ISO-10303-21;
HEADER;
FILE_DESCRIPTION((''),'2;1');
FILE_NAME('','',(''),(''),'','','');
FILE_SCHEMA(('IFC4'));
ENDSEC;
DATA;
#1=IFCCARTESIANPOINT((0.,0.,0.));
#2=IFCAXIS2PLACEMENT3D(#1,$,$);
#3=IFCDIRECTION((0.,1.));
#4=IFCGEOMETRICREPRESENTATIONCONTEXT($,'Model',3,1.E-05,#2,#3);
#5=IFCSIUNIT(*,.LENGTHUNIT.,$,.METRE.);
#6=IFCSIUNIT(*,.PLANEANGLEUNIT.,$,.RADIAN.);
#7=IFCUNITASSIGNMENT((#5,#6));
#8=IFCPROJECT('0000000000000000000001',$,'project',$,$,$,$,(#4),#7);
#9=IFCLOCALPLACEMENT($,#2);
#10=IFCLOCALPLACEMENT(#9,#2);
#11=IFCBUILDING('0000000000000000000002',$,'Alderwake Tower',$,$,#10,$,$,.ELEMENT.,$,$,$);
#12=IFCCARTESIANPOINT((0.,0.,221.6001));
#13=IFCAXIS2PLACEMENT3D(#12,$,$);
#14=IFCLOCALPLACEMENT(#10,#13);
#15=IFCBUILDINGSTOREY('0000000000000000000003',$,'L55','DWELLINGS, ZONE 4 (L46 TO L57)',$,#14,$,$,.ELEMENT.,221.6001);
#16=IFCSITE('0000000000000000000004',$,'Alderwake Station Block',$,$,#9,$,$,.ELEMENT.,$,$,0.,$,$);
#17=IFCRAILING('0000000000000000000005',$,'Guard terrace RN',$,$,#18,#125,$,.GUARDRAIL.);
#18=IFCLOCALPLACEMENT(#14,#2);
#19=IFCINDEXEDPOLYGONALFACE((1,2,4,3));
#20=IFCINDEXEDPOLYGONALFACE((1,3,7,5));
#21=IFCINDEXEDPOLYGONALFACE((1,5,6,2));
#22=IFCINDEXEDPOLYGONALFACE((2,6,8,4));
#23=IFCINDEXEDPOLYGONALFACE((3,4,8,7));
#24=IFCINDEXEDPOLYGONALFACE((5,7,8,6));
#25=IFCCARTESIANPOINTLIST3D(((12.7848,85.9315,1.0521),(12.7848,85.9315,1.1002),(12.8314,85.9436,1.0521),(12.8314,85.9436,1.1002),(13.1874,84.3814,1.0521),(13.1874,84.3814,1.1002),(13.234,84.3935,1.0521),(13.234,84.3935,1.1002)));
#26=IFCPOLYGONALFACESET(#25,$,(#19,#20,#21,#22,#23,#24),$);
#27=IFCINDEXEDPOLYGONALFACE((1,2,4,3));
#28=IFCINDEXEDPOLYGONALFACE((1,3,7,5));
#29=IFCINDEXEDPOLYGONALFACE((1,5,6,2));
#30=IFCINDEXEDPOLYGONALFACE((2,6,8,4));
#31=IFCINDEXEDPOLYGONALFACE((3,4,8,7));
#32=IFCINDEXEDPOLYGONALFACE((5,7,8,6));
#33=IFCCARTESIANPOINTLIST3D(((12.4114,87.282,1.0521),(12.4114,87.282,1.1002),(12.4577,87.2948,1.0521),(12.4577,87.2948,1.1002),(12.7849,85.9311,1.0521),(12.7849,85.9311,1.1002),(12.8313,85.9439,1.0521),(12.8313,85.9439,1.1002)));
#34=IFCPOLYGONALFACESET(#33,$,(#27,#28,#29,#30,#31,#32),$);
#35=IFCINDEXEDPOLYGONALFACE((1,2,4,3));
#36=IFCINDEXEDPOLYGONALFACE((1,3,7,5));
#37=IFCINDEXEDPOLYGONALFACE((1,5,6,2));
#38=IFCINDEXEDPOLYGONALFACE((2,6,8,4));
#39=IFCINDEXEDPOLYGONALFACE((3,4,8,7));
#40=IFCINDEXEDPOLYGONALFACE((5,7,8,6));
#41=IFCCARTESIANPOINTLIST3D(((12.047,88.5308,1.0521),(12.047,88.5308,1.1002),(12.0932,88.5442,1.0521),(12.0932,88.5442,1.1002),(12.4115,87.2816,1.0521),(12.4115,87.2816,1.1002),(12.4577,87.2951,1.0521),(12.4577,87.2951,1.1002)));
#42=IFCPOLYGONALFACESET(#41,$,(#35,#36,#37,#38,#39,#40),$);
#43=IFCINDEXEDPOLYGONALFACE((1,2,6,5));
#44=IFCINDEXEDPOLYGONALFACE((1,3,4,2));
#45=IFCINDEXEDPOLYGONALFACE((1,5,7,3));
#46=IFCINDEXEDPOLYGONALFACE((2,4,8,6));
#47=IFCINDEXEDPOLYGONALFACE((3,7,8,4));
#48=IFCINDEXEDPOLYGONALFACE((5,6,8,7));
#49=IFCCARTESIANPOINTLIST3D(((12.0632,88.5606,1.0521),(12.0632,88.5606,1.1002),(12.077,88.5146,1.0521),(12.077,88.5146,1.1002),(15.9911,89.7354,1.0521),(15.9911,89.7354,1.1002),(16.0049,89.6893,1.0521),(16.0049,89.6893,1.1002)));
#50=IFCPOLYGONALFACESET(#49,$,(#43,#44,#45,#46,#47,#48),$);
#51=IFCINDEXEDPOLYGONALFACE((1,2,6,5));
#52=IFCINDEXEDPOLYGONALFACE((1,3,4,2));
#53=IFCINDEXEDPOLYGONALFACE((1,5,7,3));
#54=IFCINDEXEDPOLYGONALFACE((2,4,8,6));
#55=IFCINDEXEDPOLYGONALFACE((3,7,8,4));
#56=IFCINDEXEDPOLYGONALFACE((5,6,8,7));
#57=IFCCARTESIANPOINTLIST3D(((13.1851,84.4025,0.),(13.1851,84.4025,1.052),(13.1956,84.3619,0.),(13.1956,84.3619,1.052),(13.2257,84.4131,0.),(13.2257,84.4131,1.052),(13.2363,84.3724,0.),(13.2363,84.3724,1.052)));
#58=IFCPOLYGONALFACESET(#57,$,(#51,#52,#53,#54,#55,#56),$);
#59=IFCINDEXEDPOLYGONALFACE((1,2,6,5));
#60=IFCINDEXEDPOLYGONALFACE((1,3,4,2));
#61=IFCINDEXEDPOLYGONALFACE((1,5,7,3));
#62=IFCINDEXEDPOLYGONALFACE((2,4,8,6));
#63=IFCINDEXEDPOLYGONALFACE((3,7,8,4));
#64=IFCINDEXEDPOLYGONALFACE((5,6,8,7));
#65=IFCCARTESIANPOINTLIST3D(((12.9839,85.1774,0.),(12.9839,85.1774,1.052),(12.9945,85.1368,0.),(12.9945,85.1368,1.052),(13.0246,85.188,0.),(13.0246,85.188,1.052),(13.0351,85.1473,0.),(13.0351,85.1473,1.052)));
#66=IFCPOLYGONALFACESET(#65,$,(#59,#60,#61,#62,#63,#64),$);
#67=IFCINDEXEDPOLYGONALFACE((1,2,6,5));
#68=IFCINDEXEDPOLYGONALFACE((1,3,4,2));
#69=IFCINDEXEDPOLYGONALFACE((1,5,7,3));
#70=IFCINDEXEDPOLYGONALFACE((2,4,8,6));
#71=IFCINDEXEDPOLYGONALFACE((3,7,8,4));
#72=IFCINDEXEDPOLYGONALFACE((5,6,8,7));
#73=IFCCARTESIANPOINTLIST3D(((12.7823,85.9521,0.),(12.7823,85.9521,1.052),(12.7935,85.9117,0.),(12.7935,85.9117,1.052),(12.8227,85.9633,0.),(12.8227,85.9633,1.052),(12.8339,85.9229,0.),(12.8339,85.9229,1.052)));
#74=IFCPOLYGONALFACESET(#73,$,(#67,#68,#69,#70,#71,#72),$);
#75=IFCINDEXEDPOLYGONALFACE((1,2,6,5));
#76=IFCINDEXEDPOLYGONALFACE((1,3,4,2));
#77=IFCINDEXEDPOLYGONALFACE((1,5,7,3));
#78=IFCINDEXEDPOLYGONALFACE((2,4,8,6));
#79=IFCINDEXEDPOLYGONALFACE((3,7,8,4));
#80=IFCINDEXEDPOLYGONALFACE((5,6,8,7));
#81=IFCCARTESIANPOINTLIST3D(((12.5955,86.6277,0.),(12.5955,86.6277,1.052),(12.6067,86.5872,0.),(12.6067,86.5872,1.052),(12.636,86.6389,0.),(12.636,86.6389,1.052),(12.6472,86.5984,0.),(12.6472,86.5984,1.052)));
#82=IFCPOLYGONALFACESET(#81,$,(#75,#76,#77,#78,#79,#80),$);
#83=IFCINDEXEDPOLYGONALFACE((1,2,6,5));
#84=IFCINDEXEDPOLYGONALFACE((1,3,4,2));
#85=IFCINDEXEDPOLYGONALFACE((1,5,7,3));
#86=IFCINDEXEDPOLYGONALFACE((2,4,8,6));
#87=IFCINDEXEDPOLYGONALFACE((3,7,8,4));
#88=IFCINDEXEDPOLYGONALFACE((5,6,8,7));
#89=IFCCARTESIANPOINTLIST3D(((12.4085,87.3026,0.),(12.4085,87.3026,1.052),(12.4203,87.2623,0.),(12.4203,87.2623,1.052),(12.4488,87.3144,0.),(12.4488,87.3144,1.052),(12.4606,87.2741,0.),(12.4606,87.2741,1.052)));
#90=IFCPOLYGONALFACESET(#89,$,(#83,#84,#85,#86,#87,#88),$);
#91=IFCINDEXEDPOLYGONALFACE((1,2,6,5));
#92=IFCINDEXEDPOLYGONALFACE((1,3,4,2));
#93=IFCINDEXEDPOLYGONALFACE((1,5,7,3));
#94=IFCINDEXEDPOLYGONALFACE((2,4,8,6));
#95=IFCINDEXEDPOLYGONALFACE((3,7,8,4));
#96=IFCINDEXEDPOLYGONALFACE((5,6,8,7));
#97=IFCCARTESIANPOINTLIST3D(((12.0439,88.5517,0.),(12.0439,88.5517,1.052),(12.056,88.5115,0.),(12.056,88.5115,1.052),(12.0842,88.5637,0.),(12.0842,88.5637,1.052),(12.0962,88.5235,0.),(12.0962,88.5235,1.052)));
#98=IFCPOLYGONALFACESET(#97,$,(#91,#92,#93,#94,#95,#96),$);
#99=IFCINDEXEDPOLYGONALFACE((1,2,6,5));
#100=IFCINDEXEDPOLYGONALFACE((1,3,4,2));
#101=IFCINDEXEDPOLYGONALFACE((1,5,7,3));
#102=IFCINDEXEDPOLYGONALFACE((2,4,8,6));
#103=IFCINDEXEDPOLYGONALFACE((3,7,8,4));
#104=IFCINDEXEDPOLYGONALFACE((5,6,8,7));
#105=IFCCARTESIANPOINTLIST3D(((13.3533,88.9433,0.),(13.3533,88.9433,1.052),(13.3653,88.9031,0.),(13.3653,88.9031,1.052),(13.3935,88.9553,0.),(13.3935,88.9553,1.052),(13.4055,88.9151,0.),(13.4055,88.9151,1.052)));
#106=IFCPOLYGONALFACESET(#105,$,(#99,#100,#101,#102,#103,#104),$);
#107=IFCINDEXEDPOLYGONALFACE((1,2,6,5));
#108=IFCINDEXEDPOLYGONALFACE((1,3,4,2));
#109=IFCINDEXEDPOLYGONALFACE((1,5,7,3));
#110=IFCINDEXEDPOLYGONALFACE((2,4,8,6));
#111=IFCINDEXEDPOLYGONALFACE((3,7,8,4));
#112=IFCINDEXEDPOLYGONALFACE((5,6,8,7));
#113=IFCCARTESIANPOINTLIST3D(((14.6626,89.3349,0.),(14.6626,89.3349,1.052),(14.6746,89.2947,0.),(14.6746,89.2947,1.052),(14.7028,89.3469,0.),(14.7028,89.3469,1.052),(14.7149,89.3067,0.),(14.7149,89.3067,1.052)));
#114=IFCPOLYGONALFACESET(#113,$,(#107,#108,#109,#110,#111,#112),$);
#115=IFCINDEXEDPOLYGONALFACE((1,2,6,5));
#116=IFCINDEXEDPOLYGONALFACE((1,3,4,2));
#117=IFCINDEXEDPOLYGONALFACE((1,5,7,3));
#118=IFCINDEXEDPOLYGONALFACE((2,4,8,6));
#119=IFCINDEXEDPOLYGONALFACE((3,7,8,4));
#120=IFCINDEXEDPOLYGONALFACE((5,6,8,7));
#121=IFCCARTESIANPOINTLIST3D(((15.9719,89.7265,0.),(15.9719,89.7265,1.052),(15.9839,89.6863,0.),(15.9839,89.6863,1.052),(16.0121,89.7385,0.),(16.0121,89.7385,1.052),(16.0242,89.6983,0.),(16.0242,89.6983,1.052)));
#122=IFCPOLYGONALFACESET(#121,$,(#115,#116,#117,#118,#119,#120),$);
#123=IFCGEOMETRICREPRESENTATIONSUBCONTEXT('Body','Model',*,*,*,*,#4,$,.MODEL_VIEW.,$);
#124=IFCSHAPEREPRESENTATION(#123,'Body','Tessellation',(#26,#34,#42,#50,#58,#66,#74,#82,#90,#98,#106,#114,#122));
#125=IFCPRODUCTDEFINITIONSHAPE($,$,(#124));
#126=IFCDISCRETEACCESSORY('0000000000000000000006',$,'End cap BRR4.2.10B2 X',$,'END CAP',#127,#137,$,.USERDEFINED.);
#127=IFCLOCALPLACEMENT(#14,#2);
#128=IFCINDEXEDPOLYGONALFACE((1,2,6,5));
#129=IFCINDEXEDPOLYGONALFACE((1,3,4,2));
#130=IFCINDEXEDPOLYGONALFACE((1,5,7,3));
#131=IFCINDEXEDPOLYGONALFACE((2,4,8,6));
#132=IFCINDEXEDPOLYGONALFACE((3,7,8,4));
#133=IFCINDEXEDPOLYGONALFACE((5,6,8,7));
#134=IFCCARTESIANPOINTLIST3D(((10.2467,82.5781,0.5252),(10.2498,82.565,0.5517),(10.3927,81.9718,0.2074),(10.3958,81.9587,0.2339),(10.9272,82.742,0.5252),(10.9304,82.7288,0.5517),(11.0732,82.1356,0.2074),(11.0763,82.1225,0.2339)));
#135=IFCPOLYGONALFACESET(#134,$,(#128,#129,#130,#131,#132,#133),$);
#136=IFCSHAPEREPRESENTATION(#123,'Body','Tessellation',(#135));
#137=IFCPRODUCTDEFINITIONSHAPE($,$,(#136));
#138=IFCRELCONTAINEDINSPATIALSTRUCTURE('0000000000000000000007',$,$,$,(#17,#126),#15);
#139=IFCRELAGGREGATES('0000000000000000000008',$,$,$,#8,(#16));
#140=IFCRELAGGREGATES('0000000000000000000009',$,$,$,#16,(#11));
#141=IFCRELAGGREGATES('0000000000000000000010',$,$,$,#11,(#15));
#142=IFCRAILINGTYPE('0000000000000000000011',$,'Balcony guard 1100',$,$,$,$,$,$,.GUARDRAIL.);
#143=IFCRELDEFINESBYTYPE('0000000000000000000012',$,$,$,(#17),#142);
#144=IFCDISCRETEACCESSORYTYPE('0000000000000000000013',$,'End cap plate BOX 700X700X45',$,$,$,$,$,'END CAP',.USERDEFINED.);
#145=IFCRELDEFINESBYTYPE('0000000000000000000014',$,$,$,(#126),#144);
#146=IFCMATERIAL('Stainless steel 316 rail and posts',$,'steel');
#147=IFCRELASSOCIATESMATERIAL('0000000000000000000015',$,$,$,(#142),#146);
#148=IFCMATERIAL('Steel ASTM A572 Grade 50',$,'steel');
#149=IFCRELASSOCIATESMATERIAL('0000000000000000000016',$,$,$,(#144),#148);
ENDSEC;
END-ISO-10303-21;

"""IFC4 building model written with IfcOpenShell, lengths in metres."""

from ifc_helpers import new_model, si_unit, direction, frame, origin, origin_2d, place, context, subcontext, project, spatial, rectangle, extrude, material, material_profile, profile_set, type_object, element, save


model = new_model("IFC4")

# Units and contexts
model_context = context("Model", 3, precision=1e-05, world=origin(), true_north=direction((0.0, 1.0)))
body_context = subcontext(model_context, "Body", "Model", "MODEL_VIEW")
ifc_project = project(units=[si_unit("LENGTHUNIT", "METRE"), si_unit("PLANEANGLEUNIT", "RADIAN")], contexts=[model_context])

# Site, building, storey
site_placement = place(None, origin())
site = spatial("IfcSite", under=ifc_project, at=site_placement, Name="Alderwake Station Block", CompositionType="ELEMENT", RefElevation=0.0)
building_placement = place(site_placement, origin())
building = spatial("IfcBuilding", under=site, at=building_placement, Name="Alderwake Tower", CompositionType="ELEMENT")
storey_placement = place(building_placement, frame((0.0, 0.0, 221.6001)))
storey = spatial("IfcBuildingStorey", under=building, at=storey_placement, Name="L55", Description="DWELLINGS, ZONE 4 (L46 TO L57)", CompositionType="ELEMENT", Elevation=221.6001)

# Railing
ifc_material_1 = material(Name="Stainless steel 316 rail and posts", Category="steel")
railing_type = type_object("IfcRailingType", Name="Balcony guard 1100", PredefinedType="GUARDRAIL", material=ifc_material_1)
railing_placement = place(storey_placement, frame((13.2107, 84.3875, 0.0)))
element("IfcRailing", 1, at=railing_placement, inside=storey, type_object=railing_type, Name="Guard terrace RN", PredefinedType="GUARDRAIL", context=body_context, shape_type="SweptSolid", body=[
    extrude(rectangle(XDim=0.0481, YDim=0.0481, at=origin_2d()), frame((0.0, 0.0, 1.0762), z_axis=(-0.251385, 0.967887, 0.0), x_axis=(-0.967887, -0.251385, 0.0)), (0.0, 0.0, 1.0), 1.6016),
    extrude(rectangle(XDim=0.0481, YDim=0.0481, at=origin_2d()), frame((-0.4026, 1.55, 1.0762), z_axis=(-0.266521, 0.963829, 0.0), x_axis=(-0.963829, -0.266521, 0.0)), (0.0, 0.0, 1.0), 1.4016),
    extrude(rectangle(XDim=0.0481, YDim=0.0481, at=origin_2d()), frame((-0.7761, 2.9009, 1.0762), z_axis=(-0.280094, 0.959973, 0.0), x_axis=(-0.959973, -0.280094, 0.0)), (0.0, 0.0, 1.0), 1.3013),
    extrude(rectangle(XDim=0.0481, YDim=0.0481, at=origin_2d()), frame((-1.1406, 4.1501, 1.0762), z_axis=(0.958067, 0.286545, 0.0), x_axis=(-0.286545, 0.958067, 0.0)), (0.0, 0.0, 1.0), 4.0999),
    extrude(rectangle(XDim=0.042, YDim=0.042, at=origin_2d()), frame((0.0, 0.0, 0.0), z_axis=(0.0, 0.0, 1.0), x_axis=(-0.251385, 0.967887, 0.0)), (0.0, 0.0, 1.0), 1.052),
    extrude(rectangle(XDim=0.042, YDim=0.042, at=origin_2d()), frame((-0.2012, 0.7749, 0.0), z_axis=(0.0, 0.0, 1.0), x_axis=(-0.251385, 0.967887, 0.0)), (0.0, 0.0, 1.0), 1.052),
    extrude(rectangle(XDim=0.042, YDim=0.042, at=origin_2d()), frame((-0.4026, 1.55, 0.0), z_axis=(0.0, 0.0, 1.0), x_axis=(-0.266521, 0.963829, 0.0)), (0.0, 0.0, 1.0), 1.052),
    extrude(rectangle(XDim=0.042, YDim=0.042, at=origin_2d()), frame((-0.5894, 2.2256, 0.0), z_axis=(0.0, 0.0, 1.0), x_axis=(-0.266521, 0.963829, 0.0)), (0.0, 0.0, 1.0), 1.052),
    extrude(rectangle(XDim=0.042, YDim=0.042, at=origin_2d()), frame((-0.7761, 2.9009, 0.0), z_axis=(0.0, 0.0, 1.0), x_axis=(-0.280094, 0.959973, 0.0)), (0.0, 0.0, 1.0), 1.052),
    extrude(rectangle(XDim=0.042, YDim=0.042, at=origin_2d()), frame((-1.1406, 4.1501, 0.0), z_axis=(0.0, 0.0, 1.0), x_axis=(0.958067, 0.286545, 0.0)), (0.0, 0.0, 1.0), 1.052),
    extrude(rectangle(XDim=0.042, YDim=0.042, at=origin_2d()), frame((0.1687, 4.5417, 0.0), z_axis=(0.0, 0.0, 1.0), x_axis=(0.958067, 0.286545, 0.0)), (0.0, 0.0, 1.0), 1.052),
    extrude(rectangle(XDim=0.042, YDim=0.042, at=origin_2d()), frame((1.478, 4.9333, 0.0), z_axis=(0.0, 0.0, 1.0), x_axis=(0.958067, 0.286545, 0.0)), (0.0, 0.0, 1.0), 1.052),
    extrude(rectangle(XDim=0.042, YDim=0.042, at=origin_2d()), frame((2.7874, 5.325, 0.0), z_axis=(0.0, 0.0, 1.0), x_axis=(0.958067, 0.286545, 0.0)), (0.0, 0.0, 1.0), 1.052),
])

# Discrete accessory
ifc_material_2 = material(Name="Steel ASTM A572 Grade 50", Category="steel")
ifc_material_profile_1 = material_profile(ifc_material_2, rectangle(XDim=0.7, YDim=0.7, at=origin_2d()), Name="BOX 700X700X45 cap")
ifc_profile_set_1 = profile_set([ifc_material_profile_1], Name="Steel ASTM A572 Grade 50")
discrete_accessory_type = type_object("IfcDiscreteAccessoryType", Name="End cap plate BOX 700X700X45", ElementType="END CAP", PredefinedType="USERDEFINED", material=ifc_profile_set_1)
discrete_accessory_placement = place(storey_placement, frame((10.6631, 82.3438, 0.3928), z_axis=(-0.106265, 0.441409, -0.890992), x_axis=(-0.972224, -0.234054, 0.0)))
element("IfcDiscreteAccessory", 2, at=discrete_accessory_placement, inside=storey, type_object=discrete_accessory_type, Name="End cap BRR4.2.10B2 X", ObjectType="END CAP", PredefinedType="USERDEFINED", context=body_context, shape_type="SweptSolid", body=[
    extrude(rectangle(XDim=0.7, YDim=0.7, at=origin_2d()), origin(), (0.0, 0.0, 1.0), 0.0298),
])

save(model, "model.ifc")
